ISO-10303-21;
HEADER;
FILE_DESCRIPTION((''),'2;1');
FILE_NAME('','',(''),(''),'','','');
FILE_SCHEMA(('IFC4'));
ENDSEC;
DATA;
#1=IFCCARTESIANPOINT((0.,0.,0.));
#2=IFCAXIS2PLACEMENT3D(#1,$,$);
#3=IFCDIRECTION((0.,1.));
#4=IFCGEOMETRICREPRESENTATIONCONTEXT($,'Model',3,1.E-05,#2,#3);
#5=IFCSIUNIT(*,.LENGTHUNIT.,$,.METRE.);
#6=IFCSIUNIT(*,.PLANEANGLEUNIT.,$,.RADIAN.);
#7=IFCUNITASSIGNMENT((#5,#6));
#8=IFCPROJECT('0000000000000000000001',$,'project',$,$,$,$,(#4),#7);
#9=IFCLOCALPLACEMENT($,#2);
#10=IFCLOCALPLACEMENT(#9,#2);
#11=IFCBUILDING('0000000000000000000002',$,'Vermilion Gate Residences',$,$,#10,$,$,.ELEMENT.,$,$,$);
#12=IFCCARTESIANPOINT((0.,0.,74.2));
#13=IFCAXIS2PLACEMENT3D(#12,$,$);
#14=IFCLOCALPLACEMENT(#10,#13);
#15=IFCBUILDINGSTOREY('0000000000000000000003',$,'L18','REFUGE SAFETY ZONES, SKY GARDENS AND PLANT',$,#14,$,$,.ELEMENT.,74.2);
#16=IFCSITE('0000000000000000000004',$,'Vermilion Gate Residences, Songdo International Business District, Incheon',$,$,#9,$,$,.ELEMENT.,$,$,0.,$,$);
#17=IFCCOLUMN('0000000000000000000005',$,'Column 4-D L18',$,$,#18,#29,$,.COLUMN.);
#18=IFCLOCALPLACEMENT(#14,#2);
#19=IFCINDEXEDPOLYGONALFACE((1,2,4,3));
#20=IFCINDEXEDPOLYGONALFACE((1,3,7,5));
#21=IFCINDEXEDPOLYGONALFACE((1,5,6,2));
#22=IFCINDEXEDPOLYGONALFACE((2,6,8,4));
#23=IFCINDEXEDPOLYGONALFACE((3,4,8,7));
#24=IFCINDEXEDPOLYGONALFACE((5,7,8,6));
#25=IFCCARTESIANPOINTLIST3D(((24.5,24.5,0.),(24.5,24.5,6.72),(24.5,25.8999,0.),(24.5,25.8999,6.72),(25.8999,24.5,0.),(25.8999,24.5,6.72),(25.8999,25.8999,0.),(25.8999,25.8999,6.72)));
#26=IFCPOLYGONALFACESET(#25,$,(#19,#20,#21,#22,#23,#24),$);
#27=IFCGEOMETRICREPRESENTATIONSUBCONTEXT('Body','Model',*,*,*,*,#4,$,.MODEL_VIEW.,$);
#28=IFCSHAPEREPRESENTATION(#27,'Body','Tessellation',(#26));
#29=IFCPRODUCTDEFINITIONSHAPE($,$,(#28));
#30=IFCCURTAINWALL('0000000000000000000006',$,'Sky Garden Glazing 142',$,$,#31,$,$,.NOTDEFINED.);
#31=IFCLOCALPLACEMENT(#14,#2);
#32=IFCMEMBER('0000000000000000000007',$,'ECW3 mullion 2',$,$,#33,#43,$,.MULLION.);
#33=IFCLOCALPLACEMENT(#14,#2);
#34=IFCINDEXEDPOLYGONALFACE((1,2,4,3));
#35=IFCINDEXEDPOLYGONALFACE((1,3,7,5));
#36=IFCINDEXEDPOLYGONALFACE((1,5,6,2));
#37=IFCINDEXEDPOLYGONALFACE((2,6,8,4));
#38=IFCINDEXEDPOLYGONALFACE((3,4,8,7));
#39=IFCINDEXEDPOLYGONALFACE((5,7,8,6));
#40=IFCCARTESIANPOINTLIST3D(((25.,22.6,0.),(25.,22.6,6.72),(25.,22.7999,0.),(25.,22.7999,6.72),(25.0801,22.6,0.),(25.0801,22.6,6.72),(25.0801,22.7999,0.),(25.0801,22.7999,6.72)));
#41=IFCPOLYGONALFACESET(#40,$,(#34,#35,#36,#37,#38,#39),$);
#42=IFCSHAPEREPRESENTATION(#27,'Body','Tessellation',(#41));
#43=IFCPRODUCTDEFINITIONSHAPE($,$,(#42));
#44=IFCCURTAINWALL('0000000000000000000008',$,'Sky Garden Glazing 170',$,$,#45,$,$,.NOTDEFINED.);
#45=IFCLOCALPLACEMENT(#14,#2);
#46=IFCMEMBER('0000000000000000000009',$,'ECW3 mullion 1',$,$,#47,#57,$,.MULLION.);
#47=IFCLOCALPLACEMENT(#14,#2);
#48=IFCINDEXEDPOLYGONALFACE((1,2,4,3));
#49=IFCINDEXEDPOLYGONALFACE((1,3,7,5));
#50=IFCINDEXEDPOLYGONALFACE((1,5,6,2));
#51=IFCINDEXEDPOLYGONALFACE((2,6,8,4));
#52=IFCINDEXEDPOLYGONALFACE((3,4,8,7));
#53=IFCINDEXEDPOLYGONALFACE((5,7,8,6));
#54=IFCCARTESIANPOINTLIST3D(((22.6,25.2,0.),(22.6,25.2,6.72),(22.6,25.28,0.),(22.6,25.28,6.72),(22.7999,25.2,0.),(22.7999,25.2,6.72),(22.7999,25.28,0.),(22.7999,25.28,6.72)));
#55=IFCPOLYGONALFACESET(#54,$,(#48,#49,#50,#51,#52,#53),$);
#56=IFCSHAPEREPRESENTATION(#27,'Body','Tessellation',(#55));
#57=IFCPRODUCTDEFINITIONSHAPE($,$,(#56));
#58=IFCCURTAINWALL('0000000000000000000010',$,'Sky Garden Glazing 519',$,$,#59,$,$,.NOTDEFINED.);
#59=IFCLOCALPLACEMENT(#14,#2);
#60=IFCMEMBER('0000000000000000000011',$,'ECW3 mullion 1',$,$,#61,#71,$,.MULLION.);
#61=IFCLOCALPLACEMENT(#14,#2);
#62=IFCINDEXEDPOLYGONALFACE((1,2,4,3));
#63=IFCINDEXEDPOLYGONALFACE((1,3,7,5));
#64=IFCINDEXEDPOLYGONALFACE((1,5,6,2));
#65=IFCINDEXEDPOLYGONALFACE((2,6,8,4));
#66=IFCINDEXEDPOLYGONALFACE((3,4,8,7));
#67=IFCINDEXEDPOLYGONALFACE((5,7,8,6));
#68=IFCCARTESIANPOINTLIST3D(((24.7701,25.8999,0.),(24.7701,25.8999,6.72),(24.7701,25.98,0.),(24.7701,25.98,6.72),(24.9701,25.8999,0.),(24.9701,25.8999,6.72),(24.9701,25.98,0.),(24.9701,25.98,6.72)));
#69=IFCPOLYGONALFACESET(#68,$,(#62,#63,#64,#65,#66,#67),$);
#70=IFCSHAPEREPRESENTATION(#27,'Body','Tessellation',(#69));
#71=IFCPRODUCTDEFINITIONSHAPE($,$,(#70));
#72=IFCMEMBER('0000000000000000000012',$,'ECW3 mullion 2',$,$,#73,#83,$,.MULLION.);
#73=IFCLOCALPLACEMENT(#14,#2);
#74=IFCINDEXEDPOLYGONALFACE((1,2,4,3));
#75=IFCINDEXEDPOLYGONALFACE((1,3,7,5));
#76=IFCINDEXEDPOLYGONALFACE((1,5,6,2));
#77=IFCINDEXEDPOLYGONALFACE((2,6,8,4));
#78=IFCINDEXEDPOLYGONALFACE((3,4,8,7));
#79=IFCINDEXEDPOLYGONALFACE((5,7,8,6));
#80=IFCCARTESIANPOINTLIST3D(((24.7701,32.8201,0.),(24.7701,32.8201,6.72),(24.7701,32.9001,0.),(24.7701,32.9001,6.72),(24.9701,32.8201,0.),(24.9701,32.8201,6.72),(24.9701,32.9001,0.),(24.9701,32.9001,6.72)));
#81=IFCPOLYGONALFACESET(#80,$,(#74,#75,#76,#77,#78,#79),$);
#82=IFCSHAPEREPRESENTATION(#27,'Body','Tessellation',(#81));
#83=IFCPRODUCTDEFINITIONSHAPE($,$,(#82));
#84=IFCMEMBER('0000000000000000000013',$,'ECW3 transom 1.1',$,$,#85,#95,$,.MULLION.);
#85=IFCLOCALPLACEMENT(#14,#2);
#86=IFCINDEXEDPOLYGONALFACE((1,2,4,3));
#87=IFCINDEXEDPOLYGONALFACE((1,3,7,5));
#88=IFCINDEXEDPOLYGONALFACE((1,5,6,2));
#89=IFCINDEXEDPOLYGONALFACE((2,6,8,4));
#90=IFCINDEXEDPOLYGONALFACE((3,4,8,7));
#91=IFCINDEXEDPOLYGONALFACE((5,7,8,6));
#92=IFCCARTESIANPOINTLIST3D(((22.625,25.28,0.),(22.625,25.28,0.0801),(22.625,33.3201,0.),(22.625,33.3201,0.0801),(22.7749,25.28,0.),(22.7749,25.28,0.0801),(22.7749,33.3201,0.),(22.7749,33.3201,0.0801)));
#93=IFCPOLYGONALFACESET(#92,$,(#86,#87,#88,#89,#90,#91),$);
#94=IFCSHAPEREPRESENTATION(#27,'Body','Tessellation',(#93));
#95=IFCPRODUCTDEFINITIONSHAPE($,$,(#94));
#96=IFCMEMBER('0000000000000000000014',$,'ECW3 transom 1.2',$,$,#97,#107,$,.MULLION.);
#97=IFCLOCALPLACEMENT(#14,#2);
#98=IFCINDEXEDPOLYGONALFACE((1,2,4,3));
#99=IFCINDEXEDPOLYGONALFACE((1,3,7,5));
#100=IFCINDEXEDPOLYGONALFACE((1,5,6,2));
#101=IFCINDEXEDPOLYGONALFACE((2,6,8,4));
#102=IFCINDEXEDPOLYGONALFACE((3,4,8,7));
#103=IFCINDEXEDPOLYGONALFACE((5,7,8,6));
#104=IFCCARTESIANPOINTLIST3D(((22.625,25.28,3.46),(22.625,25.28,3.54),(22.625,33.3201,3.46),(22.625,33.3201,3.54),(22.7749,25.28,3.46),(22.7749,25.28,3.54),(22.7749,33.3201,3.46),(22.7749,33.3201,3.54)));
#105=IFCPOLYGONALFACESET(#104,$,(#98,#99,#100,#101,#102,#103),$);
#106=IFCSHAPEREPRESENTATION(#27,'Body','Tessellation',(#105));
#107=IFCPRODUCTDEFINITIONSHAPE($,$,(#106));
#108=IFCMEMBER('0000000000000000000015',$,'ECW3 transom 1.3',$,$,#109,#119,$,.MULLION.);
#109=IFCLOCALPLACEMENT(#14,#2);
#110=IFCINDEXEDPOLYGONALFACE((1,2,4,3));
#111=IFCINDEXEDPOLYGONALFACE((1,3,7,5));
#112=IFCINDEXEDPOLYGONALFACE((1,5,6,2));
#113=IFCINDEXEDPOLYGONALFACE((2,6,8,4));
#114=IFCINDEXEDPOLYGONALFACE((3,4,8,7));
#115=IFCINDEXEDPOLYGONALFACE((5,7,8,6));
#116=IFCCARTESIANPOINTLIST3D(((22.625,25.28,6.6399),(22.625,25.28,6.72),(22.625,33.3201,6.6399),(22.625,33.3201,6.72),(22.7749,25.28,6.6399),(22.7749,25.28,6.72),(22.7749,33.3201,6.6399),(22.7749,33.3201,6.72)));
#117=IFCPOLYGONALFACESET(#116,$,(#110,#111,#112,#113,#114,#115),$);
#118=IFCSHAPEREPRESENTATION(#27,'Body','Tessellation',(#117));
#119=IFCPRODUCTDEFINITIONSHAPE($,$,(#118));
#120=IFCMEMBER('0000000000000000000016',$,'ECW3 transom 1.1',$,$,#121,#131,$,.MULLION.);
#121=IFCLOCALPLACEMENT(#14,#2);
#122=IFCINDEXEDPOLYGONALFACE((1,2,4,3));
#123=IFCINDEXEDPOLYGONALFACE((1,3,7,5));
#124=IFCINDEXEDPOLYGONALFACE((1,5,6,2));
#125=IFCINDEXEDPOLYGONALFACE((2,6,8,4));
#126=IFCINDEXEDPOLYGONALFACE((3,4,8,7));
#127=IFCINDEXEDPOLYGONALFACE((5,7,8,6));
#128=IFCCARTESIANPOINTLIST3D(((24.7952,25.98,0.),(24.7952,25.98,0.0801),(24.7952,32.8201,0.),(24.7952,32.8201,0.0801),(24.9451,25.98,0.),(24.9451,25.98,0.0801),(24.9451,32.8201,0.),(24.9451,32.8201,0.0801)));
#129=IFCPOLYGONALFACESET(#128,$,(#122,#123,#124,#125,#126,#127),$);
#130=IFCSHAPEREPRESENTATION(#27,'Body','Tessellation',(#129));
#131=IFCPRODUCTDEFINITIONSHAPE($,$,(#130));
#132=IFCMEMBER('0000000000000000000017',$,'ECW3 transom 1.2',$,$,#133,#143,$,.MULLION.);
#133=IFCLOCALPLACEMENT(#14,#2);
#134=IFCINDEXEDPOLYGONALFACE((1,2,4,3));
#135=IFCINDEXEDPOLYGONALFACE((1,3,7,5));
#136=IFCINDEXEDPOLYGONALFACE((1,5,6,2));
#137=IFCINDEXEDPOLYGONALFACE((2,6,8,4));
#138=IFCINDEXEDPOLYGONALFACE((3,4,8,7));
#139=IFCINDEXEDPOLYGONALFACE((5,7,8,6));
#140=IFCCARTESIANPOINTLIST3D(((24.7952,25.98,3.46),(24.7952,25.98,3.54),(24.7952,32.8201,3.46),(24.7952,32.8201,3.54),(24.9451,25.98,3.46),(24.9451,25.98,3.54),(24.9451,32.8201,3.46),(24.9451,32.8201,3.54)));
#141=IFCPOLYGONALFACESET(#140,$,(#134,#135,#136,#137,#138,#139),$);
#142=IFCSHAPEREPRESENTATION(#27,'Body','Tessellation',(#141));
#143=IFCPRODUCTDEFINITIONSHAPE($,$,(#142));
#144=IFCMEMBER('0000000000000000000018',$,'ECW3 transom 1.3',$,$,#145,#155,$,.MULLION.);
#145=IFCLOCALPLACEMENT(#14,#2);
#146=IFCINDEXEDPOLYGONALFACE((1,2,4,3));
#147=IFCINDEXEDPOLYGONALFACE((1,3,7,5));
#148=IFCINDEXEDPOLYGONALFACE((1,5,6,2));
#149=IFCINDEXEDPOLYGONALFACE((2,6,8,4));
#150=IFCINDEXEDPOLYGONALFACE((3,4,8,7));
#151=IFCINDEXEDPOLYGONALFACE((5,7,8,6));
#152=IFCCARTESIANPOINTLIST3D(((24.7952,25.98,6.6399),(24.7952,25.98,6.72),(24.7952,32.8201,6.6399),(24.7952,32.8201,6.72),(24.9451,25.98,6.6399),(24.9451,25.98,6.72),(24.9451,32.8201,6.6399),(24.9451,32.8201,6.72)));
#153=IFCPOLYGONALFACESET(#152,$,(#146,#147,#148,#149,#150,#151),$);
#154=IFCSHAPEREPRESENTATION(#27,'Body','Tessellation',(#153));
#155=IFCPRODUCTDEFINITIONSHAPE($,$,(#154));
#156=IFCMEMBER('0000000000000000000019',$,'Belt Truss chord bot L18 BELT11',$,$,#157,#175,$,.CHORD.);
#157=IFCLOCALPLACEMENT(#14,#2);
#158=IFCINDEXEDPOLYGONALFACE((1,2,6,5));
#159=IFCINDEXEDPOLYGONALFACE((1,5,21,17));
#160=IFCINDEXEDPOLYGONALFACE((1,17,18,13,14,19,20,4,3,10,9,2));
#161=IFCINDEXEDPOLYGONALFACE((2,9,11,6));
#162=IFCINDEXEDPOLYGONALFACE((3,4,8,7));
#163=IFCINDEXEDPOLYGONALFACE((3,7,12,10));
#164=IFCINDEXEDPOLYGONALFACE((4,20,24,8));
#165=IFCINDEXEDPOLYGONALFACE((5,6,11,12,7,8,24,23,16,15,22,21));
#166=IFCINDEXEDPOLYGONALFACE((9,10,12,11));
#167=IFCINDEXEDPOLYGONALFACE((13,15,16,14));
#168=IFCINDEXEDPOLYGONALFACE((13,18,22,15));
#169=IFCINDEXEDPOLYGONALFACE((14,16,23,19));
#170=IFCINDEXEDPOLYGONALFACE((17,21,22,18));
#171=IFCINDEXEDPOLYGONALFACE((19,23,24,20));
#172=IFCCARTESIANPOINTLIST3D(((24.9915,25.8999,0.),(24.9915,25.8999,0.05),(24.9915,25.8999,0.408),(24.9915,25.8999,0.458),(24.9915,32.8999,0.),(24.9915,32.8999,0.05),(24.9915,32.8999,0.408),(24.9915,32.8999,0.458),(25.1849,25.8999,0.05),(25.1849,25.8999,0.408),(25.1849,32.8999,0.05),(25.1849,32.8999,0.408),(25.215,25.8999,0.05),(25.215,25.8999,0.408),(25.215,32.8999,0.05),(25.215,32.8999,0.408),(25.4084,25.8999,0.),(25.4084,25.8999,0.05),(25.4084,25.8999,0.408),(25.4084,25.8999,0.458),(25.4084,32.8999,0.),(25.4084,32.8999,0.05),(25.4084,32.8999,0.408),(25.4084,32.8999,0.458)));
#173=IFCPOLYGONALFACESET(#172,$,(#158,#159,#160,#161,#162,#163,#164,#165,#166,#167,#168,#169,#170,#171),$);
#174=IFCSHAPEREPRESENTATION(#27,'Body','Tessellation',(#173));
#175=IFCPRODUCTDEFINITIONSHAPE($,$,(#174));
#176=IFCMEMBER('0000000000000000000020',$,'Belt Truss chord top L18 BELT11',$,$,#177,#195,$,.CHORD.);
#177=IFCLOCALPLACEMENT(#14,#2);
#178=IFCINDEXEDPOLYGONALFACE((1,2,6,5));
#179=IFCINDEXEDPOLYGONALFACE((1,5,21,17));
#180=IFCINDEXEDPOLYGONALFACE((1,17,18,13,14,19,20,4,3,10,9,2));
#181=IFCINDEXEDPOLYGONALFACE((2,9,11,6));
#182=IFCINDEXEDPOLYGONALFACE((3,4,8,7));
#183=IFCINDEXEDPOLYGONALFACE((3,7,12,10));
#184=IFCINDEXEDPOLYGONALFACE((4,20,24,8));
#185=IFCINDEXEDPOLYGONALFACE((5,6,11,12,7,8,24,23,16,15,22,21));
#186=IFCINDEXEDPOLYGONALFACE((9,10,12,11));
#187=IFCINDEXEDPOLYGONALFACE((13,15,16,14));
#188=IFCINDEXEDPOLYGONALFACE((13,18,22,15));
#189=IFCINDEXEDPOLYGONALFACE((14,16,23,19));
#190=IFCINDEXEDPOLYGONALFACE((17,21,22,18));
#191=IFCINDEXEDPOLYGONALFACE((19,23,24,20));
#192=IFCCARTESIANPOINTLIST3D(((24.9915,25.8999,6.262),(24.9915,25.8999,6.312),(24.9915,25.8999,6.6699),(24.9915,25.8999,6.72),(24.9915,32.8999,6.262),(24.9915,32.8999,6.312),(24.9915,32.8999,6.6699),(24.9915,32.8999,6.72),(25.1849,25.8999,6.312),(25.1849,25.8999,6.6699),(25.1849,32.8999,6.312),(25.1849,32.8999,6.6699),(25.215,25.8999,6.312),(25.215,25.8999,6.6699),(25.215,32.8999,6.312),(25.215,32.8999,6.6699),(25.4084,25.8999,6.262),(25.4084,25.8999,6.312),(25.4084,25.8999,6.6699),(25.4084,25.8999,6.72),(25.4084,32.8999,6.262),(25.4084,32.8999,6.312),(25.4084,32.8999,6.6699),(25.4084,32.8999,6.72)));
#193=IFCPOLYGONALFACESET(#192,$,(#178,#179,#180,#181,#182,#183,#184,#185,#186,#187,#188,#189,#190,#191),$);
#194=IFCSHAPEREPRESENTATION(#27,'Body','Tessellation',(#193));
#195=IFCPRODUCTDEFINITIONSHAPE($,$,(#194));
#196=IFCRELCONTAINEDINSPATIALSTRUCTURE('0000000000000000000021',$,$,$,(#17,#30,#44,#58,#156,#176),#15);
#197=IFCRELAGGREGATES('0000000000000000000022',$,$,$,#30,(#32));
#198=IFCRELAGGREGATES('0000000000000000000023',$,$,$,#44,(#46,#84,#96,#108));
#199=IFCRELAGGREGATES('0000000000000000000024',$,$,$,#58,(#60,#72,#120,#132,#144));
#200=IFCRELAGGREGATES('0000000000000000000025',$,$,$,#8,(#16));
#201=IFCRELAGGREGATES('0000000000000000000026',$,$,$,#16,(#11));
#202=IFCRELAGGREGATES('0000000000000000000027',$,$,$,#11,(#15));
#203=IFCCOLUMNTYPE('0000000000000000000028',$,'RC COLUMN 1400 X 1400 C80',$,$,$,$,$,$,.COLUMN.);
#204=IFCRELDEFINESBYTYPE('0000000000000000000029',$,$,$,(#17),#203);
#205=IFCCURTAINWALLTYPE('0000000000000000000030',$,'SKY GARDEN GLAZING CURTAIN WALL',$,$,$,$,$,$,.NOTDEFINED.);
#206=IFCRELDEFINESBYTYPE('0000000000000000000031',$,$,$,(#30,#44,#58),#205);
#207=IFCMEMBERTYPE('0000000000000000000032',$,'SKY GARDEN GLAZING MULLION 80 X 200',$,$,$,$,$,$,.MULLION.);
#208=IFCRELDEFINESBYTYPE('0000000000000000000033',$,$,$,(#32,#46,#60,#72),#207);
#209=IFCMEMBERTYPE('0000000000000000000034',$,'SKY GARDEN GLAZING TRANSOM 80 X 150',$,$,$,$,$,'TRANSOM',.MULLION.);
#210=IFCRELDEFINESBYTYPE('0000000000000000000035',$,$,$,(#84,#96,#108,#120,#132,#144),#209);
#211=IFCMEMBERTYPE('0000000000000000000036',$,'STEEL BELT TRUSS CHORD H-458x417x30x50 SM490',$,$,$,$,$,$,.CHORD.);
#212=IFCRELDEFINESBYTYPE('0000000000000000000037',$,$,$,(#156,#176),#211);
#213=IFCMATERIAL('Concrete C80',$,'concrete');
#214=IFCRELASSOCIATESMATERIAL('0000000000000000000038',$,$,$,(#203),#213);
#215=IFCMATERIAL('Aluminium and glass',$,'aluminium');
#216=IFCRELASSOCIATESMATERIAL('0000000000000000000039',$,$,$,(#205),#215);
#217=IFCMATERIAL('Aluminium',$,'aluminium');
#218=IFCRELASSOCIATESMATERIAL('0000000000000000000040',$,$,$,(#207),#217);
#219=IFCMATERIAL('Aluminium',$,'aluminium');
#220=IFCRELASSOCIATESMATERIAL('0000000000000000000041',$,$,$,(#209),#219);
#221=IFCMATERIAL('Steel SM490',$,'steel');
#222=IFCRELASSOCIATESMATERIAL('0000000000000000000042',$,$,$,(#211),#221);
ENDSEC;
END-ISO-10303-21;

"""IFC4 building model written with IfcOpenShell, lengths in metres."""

from ifc_helpers import new_model, si_unit, direction, frame, origin, origin_2d, place, context, subcontext, project, spatial, rectangle, i_section, extrude, material, material_profile, profile_set, type_object, element, aggregate, save


model = new_model("IFC4")

# Units and contexts
model_context = context("Model", 3, precision=1e-05, world=origin(), true_north=direction((0.0, 1.0)))
body_context = subcontext(model_context, "Body", "Model", "MODEL_VIEW")
ifc_project = project(units=[si_unit("LENGTHUNIT", "METRE"), si_unit("PLANEANGLEUNIT", "RADIAN")], contexts=[model_context])

# Site, building, storey
site_placement = place(None, origin())
site = spatial("IfcSite", under=ifc_project, at=site_placement, Name="Vermilion Gate Residences, Songdo International Business District, Incheon", CompositionType="ELEMENT", RefElevation=0.0)
building_placement = place(site_placement, origin())
building = spatial("IfcBuilding", under=site, at=building_placement, Name="Vermilion Gate Residences", CompositionType="ELEMENT")
storey_placement = place(building_placement, frame((0.0, 0.0, 74.2)))
storey = spatial("IfcBuildingStorey", under=building, at=storey_placement, Name="L18", Description="REFUGE SAFETY ZONES, SKY GARDENS AND PLANT", CompositionType="ELEMENT", Elevation=74.2)

# Column
ifc_material_1 = material(Name="Concrete C80", Category="concrete")
ifc_material_profile_1 = material_profile(ifc_material_1, rectangle(XDim=1.3999, YDim=1.3999, at=origin_2d()), Name="RC-1400x1400")
ifc_profile_set_1 = profile_set([ifc_material_profile_1], Name="Concrete C80")
column_type = type_object("IfcColumnType", Name="RC COLUMN 1400 X 1400 C80", PredefinedType="COLUMN", material=ifc_profile_set_1)
column_placement = place(storey_placement, frame((25.2, 25.2, 0.0), z_axis=(0.0, 0.0, 1.0), x_axis=(1.0, 0.0, 0.0)))
element("IfcColumn", 1, at=column_placement, inside=storey, type_object=column_type, Name="Column 4-D L18", PredefinedType="COLUMN", context=body_context, shape_type="SweptSolid", body=[
    extrude(rectangle(XDim=1.3999, YDim=1.3999, at=origin_2d()), origin(), (0.0, 0.0, 1.0), 6.72),
])

# Curtain walls, members
ifc_material_2 = material(Name="Aluminium and glass", Category="aluminium")
curtain_wall_type = type_object("IfcCurtainWallType", Name="SKY GARDEN GLAZING CURTAIN WALL", PredefinedType="NOTDEFINED", material=ifc_material_2)
curtain_wall_1_placement = place(storey_placement, origin())
curtain_wall_1 = element("IfcCurtainWall", 2, at=curtain_wall_1_placement, inside=storey, type_object=curtain_wall_type, Name="Sky Garden Glazing 142", PredefinedType="NOTDEFINED")
ifc_material_3 = material(Name="Aluminium", Category="aluminium")
ifc_material_profile_2 = material_profile(ifc_material_3, rectangle(XDim=0.2, YDim=0.0801, at=origin_2d()), Name="MULLION 80 X 200")
ifc_profile_set_2 = profile_set([ifc_material_profile_2], Name="Aluminium")
member_type_1 = type_object("IfcMemberType", Name="SKY GARDEN GLAZING MULLION 80 X 200", PredefinedType="MULLION", material=ifc_profile_set_2)
member_1_placement = place(storey_placement, frame((25.04, 22.7, 0.0), z_axis=(0.0, 0.0, 1.0), x_axis=(0.0, -1.0, 0.0)))
member_1 = element("IfcMember", 3, at=member_1_placement, type_object=member_type_1, Name="ECW3 mullion 2", PredefinedType="MULLION", context=body_context, shape_type="SweptSolid", body=[
    extrude(rectangle(XDim=0.2, YDim=0.0801, at=origin_2d()), origin(), (0.0, 0.0, 1.0), 6.72),
])
aggregate(curtain_wall_1, [member_1])
curtain_wall_2_placement = place(storey_placement, origin())
curtain_wall_2 = element("IfcCurtainWall", 4, at=curtain_wall_2_placement, inside=storey, type_object=curtain_wall_type, Name="Sky Garden Glazing 170", PredefinedType="NOTDEFINED")
member_2_placement = place(storey_placement, frame((22.7, 25.24, 0.0), z_axis=(0.0, 0.0, 1.0), x_axis=(-1.0, 0.0, 0.0)))
member_2 = element("IfcMember", 5, at=member_2_placement, type_object=member_type_1, Name="ECW3 mullion 1", PredefinedType="MULLION", context=body_context, shape_type="SweptSolid", body=[
    extrude(rectangle(XDim=0.2, YDim=0.0801, at=origin_2d()), origin(), (0.0, 0.0, 1.0), 6.72),
])

# Curtain wall, members
curtain_wall_3_placement = place(storey_placement, origin())
curtain_wall_3 = element("IfcCurtainWall", 6, at=curtain_wall_3_placement, inside=storey, type_object=curtain_wall_type, Name="Sky Garden Glazing 519", PredefinedType="NOTDEFINED")
member_3_placement = place(storey_placement, frame((24.8701, 25.9399, 0.0), z_axis=(0.0, 0.0, 1.0), x_axis=(-1.0, 0.0, 0.0)))
member_3 = element("IfcMember", 7, at=member_3_placement, type_object=member_type_1, Name="ECW3 mullion 1", PredefinedType="MULLION", context=body_context, shape_type="SweptSolid", body=[
    extrude(rectangle(XDim=0.2, YDim=0.0801, at=origin_2d()), origin(), (0.0, 0.0, 1.0), 6.72),
])
member_4_placement = place(storey_placement, frame((24.8701, 32.8601, 0.0), z_axis=(0.0, 0.0, 1.0), x_axis=(-1.0, 0.0, 0.0)))
member_4 = element("IfcMember", 8, at=member_4_placement, type_object=member_type_1, Name="ECW3 mullion 2", PredefinedType="MULLION", context=body_context, shape_type="SweptSolid", body=[
    extrude(rectangle(XDim=0.2, YDim=0.0801, at=origin_2d()), origin(), (0.0, 0.0, 1.0), 6.72),
])

# Members
ifc_material_4 = material(Name="Aluminium", Category="aluminium")
ifc_material_profile_3 = material_profile(ifc_material_4, rectangle(XDim=0.1499, YDim=0.0801, at=origin_2d()), Name="TRANSOM 80 X 150")
ifc_profile_set_3 = profile_set([ifc_material_profile_3], Name="Aluminium")
member_type_2 = type_object("IfcMemberType", Name="SKY GARDEN GLAZING TRANSOM 80 X 150", ElementType="TRANSOM", PredefinedType="MULLION", material=ifc_profile_set_3)
member_5_placement = place(storey_placement, frame((22.7, 25.28, 0.04), z_axis=(0.0, 1.0, 0.0), x_axis=(-1.0, 0.0, 0.0)))
member_5 = element("IfcMember", 9, at=member_5_placement, type_object=member_type_2, Name="ECW3 transom 1.1", PredefinedType="MULLION", context=body_context, shape_type="SweptSolid", body=[
    extrude(rectangle(XDim=0.1499, YDim=0.0801, at=origin_2d()), origin(), (0.0, 0.0, 1.0), 8.04),
])
member_6_placement = place(storey_placement, frame((22.7, 25.28, 3.5), z_axis=(0.0, 1.0, 0.0), x_axis=(-1.0, 0.0, 0.0)))
member_6 = element("IfcMember", 10, at=member_6_placement, type_object=member_type_2, Name="ECW3 transom 1.2", PredefinedType="MULLION", context=body_context, shape_type="SweptSolid", body=[
    extrude(rectangle(XDim=0.1499, YDim=0.0801, at=origin_2d()), origin(), (0.0, 0.0, 1.0), 8.04),
])
member_7_placement = place(storey_placement, frame((22.7, 25.28, 6.6799), z_axis=(0.0, 1.0, 0.0), x_axis=(-1.0, 0.0, 0.0)))
member_7 = element("IfcMember", 11, at=member_7_placement, type_object=member_type_2, Name="ECW3 transom 1.3", PredefinedType="MULLION", context=body_context, shape_type="SweptSolid", body=[
    extrude(rectangle(XDim=0.1499, YDim=0.0801, at=origin_2d()), origin(), (0.0, 0.0, 1.0), 8.04),
])
member_8_placement = place(storey_placement, frame((24.8701, 25.98, 0.04), z_axis=(0.0, 1.0, 0.0), x_axis=(-1.0, 0.0, 0.0)))
member_8 = element("IfcMember", 12, at=member_8_placement, type_object=member_type_2, Name="ECW3 transom 1.1", PredefinedType="MULLION", context=body_context, shape_type="SweptSolid", body=[
    extrude(rectangle(XDim=0.1499, YDim=0.0801, at=origin_2d()), origin(), (0.0, 0.0, 1.0), 6.8401),
])
member_9_placement = place(storey_placement, frame((24.8701, 25.98, 3.5), z_axis=(0.0, 1.0, 0.0), x_axis=(-1.0, 0.0, 0.0)))
member_9 = element("IfcMember", 13, at=member_9_placement, type_object=member_type_2, Name="ECW3 transom 1.2", PredefinedType="MULLION", context=body_context, shape_type="SweptSolid", body=[
    extrude(rectangle(XDim=0.1499, YDim=0.0801, at=origin_2d()), origin(), (0.0, 0.0, 1.0), 6.8401),
])
member_10_placement = place(storey_placement, frame((24.8701, 25.98, 6.6799), z_axis=(0.0, 1.0, 0.0), x_axis=(-1.0, 0.0, 0.0)))
member_10 = element("IfcMember", 14, at=member_10_placement, type_object=member_type_2, Name="ECW3 transom 1.3", PredefinedType="MULLION", context=body_context, shape_type="SweptSolid", body=[
    extrude(rectangle(XDim=0.1499, YDim=0.0801, at=origin_2d()), origin(), (0.0, 0.0, 1.0), 6.8401),
])

# Members
ifc_material_5 = material(Name="Steel SM490", Category="steel")
ifc_material_profile_4 = material_profile(ifc_material_5, i_section(OverallWidth=0.417, OverallDepth=0.458, WebThickness=0.03, FlangeThickness=0.05, at=origin_2d()), Name="H-458x417x30x50")
ifc_profile_set_4 = profile_set([ifc_material_profile_4], Name="Steel SM490")
member_type_3 = type_object("IfcMemberType", Name="STEEL BELT TRUSS CHORD H-458x417x30x50 SM490", PredefinedType="CHORD", material=ifc_profile_set_4)
for number, where, z_axis, x_axis, name in (
    (15, (25.2, 25.8999, 0.229), (0.0, 1.0, 0.0), (-1.0, 0.0, 0.0), "Belt Truss chord bot L18 BELT11"),
    (16, (25.2, 25.8999, 6.491), (0.0, 1.0, 0.0), (-1.0, 0.0, 0.0), "Belt Truss chord top L18 BELT11"),
):
    element("IfcMember", number, at=place(storey_placement, frame(where, z_axis=z_axis, x_axis=x_axis)), inside=storey, type_object=member_type_3, Name=name, PredefinedType="CHORD", context=body_context, shape_type="SweptSolid", body=[
        extrude(i_section(OverallWidth=0.417, OverallDepth=0.458, WebThickness=0.03, FlangeThickness=0.05, at=origin_2d()), origin(), (0.0, 0.0, 1.0), 7.0),
    ])

aggregate(curtain_wall_2, [member_2, member_5, member_6, member_7])
aggregate(curtain_wall_3, [member_3, member_4, member_8, member_9, member_10])

save(model, "model.ifc")
